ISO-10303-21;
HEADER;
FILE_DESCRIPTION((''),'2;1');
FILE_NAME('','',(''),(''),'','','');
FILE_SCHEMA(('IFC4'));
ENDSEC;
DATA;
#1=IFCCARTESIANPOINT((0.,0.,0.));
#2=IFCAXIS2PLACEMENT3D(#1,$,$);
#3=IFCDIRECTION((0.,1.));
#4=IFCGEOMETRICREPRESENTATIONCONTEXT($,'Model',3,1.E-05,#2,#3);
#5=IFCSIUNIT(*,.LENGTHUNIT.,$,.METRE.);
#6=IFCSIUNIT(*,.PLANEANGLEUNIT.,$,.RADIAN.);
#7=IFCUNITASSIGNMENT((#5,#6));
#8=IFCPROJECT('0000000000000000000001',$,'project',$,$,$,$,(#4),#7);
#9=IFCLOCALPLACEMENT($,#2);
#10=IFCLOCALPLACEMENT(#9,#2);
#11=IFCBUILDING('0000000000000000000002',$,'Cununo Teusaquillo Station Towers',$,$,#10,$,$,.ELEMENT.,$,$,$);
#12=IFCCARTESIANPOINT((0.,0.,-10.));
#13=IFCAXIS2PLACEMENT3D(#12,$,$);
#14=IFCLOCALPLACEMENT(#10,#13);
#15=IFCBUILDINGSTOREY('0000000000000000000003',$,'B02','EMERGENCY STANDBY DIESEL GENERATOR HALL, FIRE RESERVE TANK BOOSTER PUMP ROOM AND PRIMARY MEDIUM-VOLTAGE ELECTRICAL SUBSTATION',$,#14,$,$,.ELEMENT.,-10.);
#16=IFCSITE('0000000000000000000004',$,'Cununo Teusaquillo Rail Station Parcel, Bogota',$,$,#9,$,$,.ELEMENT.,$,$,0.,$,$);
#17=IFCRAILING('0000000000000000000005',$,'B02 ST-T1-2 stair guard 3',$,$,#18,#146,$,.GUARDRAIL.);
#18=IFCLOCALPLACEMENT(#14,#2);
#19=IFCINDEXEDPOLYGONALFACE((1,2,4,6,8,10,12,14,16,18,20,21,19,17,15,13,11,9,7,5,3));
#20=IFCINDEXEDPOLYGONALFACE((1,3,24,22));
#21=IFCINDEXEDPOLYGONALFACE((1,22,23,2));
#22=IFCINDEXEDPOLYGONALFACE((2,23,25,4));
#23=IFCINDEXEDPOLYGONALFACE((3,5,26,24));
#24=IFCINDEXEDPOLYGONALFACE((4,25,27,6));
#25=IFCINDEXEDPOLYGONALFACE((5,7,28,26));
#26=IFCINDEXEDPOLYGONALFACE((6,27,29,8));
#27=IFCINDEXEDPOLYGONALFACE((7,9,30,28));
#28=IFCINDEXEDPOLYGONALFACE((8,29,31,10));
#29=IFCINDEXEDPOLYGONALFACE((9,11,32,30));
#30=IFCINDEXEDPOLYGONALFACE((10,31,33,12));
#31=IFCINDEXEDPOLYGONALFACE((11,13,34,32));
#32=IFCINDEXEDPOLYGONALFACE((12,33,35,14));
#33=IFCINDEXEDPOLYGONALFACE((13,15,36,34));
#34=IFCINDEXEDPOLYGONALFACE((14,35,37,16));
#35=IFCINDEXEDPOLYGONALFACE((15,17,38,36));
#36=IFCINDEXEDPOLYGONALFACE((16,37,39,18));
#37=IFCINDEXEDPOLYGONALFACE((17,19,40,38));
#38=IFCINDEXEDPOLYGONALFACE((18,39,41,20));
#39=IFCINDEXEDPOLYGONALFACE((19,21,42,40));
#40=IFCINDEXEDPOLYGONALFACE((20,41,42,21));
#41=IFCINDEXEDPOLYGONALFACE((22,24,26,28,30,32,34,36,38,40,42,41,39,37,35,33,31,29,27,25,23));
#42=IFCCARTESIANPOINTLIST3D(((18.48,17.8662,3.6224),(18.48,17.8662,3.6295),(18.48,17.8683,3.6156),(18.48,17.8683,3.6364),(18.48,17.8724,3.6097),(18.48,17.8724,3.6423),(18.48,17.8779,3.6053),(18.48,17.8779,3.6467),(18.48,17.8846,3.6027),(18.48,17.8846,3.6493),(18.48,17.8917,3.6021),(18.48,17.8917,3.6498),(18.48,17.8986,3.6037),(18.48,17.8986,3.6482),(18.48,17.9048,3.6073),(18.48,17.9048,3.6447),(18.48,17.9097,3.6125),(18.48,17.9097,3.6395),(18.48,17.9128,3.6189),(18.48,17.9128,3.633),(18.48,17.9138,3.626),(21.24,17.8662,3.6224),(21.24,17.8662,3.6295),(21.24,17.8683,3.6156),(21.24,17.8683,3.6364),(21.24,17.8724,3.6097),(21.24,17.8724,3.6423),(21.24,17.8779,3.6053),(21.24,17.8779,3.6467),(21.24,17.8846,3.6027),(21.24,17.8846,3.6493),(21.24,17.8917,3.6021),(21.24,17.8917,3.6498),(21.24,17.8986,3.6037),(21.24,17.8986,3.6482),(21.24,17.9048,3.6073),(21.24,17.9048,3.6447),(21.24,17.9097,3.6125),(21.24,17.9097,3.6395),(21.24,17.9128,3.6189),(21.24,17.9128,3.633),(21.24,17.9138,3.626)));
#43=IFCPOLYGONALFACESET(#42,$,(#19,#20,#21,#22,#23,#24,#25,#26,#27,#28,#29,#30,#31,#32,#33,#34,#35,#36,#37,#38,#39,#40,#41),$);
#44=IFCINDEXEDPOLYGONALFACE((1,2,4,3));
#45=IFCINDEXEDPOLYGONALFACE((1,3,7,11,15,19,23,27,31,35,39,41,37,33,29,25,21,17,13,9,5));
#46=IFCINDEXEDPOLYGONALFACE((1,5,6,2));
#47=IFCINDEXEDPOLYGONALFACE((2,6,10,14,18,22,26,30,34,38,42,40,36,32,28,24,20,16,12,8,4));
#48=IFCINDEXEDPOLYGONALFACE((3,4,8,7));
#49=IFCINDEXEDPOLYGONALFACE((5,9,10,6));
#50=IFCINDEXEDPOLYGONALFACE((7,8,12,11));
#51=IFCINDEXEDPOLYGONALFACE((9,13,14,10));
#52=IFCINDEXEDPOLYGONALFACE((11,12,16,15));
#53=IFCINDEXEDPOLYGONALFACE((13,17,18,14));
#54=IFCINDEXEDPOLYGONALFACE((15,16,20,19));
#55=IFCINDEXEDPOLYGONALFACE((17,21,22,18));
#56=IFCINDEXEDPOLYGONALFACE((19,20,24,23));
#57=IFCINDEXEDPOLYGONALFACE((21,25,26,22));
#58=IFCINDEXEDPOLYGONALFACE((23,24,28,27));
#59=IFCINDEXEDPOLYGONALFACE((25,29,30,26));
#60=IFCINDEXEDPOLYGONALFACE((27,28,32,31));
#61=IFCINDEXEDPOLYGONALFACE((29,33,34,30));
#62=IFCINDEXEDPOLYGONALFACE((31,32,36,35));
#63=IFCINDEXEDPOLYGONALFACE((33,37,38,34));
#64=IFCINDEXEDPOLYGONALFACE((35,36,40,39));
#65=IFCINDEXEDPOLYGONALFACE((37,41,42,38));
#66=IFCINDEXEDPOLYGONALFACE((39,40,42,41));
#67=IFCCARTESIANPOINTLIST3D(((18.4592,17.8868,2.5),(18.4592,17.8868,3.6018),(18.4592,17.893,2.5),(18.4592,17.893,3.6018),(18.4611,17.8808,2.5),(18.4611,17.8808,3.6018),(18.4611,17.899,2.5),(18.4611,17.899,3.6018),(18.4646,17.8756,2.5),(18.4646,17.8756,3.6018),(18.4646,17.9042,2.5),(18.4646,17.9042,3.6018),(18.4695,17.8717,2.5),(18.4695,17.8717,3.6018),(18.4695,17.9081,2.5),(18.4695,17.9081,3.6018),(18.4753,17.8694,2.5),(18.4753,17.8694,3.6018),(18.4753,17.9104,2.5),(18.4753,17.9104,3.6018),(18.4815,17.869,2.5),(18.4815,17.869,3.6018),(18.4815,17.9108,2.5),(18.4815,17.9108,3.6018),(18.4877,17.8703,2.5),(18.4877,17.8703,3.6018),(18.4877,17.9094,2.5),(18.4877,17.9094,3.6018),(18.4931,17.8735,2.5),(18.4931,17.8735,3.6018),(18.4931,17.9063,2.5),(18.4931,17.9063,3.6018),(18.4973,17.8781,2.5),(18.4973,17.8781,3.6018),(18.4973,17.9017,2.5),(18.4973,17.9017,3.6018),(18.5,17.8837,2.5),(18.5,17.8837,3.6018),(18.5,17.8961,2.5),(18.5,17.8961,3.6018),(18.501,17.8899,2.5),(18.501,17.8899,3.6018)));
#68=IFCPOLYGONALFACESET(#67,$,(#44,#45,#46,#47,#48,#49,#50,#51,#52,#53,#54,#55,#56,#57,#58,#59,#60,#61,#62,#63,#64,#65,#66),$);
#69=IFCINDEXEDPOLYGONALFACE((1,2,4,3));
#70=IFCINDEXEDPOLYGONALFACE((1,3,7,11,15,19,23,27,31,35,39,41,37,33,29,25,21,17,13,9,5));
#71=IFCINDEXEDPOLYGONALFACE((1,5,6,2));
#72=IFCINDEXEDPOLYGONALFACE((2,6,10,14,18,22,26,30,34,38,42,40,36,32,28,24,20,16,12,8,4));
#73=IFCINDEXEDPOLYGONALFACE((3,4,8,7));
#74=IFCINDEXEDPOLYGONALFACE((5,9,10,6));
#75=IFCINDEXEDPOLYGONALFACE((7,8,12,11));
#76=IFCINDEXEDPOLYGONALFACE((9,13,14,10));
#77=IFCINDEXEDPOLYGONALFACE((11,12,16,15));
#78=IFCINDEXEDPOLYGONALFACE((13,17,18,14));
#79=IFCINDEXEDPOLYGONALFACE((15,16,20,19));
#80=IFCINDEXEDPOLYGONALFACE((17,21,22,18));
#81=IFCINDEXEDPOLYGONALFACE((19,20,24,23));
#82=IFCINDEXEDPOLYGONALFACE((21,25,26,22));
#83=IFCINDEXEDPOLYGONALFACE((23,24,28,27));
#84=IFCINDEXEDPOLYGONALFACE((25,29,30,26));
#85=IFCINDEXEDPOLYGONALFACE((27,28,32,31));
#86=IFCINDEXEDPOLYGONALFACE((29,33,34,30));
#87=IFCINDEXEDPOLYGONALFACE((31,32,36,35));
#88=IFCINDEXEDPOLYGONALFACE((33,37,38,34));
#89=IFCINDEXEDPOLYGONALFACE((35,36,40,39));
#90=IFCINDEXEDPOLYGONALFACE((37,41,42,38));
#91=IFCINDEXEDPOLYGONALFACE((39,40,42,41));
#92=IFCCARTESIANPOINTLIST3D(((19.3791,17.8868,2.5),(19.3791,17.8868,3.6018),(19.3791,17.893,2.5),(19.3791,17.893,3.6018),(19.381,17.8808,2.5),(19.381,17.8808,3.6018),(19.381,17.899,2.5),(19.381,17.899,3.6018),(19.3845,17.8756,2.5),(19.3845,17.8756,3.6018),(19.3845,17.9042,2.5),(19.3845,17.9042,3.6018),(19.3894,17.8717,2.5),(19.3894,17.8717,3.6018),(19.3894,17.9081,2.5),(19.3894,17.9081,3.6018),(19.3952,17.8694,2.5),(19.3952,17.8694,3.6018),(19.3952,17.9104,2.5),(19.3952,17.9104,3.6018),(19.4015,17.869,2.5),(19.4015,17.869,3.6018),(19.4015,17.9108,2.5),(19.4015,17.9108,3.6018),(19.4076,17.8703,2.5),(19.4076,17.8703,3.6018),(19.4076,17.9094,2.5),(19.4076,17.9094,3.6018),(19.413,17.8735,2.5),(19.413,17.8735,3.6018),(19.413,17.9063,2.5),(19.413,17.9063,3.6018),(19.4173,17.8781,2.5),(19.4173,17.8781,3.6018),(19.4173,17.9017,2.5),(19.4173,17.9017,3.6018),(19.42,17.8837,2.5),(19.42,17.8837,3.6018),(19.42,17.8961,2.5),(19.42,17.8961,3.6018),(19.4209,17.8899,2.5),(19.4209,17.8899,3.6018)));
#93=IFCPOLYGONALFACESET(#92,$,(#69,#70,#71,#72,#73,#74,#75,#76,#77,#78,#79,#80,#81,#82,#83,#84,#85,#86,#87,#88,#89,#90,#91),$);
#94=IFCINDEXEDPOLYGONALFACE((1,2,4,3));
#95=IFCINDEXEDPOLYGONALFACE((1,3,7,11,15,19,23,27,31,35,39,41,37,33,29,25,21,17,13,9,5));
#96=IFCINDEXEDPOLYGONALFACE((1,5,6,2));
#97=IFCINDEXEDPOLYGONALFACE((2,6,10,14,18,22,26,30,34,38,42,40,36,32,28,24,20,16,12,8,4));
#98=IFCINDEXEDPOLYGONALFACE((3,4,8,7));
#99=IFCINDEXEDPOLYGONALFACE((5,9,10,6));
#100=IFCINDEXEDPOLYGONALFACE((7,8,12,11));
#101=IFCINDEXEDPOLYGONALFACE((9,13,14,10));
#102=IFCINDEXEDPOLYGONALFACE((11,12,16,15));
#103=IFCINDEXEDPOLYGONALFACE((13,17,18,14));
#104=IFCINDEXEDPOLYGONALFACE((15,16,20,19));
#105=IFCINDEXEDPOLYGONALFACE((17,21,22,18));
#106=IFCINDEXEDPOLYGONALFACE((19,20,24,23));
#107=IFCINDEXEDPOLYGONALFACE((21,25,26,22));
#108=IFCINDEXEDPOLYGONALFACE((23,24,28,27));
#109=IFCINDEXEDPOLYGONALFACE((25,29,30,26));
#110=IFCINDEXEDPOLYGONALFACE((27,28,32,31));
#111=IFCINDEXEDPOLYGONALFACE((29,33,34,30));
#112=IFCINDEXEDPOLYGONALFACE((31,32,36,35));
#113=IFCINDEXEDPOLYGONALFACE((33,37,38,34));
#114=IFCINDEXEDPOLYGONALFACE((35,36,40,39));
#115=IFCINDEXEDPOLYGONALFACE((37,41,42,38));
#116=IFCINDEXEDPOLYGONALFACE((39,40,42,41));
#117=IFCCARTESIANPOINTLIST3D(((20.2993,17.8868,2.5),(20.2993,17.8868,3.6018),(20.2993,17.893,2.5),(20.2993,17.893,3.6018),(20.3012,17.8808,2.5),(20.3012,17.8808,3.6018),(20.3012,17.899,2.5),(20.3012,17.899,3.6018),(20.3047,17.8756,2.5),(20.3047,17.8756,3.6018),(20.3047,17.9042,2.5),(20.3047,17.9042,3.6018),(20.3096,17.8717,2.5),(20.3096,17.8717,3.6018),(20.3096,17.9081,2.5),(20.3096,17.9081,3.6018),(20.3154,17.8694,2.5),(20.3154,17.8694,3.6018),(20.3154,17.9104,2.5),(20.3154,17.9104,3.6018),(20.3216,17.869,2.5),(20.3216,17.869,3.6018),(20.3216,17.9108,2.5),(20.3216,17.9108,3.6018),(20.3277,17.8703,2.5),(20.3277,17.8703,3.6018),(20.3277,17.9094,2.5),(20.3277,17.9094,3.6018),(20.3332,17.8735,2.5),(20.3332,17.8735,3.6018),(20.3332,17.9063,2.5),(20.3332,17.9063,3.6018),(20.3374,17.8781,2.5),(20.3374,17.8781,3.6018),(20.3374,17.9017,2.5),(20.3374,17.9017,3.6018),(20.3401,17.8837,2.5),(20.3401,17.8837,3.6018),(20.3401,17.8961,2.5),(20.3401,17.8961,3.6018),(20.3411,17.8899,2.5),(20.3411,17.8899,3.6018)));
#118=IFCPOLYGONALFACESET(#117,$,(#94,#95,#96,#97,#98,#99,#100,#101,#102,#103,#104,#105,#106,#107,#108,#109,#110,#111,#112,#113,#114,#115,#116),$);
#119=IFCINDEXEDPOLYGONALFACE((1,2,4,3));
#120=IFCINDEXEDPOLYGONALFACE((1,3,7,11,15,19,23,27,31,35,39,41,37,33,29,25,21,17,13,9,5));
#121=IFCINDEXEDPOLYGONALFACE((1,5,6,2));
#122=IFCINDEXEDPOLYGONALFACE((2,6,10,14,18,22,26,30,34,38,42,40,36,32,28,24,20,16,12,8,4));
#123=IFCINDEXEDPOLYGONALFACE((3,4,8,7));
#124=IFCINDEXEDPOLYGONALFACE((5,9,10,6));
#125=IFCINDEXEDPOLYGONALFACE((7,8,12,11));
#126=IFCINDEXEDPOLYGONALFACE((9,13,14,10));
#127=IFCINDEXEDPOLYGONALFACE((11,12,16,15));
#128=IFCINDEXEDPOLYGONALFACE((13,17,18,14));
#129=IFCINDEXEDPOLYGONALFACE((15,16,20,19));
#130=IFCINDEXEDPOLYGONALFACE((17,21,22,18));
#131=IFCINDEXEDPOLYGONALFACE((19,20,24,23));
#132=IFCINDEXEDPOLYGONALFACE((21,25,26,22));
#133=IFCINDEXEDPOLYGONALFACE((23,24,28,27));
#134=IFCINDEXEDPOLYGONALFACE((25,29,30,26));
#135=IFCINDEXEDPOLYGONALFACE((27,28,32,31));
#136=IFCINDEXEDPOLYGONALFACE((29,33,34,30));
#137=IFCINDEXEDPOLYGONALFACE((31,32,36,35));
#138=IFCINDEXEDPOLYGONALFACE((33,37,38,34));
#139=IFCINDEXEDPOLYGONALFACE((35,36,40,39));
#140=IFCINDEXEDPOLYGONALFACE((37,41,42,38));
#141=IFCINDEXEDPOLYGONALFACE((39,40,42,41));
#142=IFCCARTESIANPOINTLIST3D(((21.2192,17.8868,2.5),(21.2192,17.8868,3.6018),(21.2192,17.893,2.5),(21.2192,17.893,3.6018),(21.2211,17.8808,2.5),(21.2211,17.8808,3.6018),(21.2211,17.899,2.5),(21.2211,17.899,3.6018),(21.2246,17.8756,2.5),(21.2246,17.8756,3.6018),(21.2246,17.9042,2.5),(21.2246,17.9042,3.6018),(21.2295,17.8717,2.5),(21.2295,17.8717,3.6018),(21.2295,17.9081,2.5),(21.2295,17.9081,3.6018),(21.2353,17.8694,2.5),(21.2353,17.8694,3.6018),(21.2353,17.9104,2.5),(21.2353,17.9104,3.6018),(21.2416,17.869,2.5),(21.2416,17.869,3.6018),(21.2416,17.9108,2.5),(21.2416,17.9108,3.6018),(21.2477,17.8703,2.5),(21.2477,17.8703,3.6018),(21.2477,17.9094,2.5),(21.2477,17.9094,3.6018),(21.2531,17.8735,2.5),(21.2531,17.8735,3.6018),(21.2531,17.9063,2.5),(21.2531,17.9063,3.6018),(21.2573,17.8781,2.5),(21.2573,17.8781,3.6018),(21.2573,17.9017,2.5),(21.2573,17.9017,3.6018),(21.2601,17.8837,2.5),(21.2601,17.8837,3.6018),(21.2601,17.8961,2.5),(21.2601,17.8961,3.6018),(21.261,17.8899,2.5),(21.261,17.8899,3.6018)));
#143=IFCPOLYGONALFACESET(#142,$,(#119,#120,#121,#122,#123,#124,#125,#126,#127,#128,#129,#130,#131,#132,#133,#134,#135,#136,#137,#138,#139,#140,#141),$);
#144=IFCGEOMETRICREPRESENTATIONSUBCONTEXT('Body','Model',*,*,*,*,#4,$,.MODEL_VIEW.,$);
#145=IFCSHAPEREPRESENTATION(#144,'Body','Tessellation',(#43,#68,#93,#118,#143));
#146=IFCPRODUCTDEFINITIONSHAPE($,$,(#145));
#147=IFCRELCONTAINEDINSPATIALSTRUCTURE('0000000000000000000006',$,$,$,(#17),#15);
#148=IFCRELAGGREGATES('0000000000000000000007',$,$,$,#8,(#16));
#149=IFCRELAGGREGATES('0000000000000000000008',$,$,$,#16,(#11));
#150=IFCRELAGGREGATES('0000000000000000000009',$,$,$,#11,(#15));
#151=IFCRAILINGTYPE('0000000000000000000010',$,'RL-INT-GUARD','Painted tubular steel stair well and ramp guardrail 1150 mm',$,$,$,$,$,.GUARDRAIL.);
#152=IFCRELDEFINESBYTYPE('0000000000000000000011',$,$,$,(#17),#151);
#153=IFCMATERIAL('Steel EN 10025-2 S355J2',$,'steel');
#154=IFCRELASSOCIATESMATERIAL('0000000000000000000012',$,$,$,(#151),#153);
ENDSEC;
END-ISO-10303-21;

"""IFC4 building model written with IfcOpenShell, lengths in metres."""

from ifc_helpers import new_model, si_unit, direction, frame, origin, origin_2d, place, context, subcontext, project, spatial, circle, extrude, material, type_object, element, save


model = new_model("IFC4")

# Units and contexts
model_context = context("Model", 3, precision=1e-05, world=origin(), true_north=direction((0.0, 1.0)))
body_context = subcontext(model_context, "Body", "Model", "MODEL_VIEW")
ifc_project = project(units=[si_unit("LENGTHUNIT", "METRE"), si_unit("PLANEANGLEUNIT", "RADIAN")], contexts=[model_context])

# Site, building, storey
site_placement = place(None, origin())
site = spatial("IfcSite", under=ifc_project, at=site_placement, Name="Cununo Teusaquillo Rail Station Parcel, Bogota", CompositionType="ELEMENT", RefElevation=0.0)
building_placement = place(site_placement, origin())
building = spatial("IfcBuilding", under=site, at=building_placement, Name="Cununo Teusaquillo Station Towers", CompositionType="ELEMENT")
storey_placement = place(building_placement, frame((0.0, 0.0, -10.0)))
storey = spatial("IfcBuildingStorey", under=building, at=storey_placement, Name="B02", Description="EMERGENCY STANDBY DIESEL GENERATOR HALL, FIRE RESERVE TANK BOOSTER PUMP ROOM AND PRIMARY MEDIUM-VOLTAGE ELECTRICAL SUBSTATION", CompositionType="ELEMENT", Elevation=-10.0)

# Railing
ifc_material_1 = material(Name="Steel EN 10025-2 S355J2", Category="steel")
railing_type_1 = type_object("IfcRailingType", Name="RL-INT-GUARD", Description="Painted tubular steel stair well and ramp guardrail 1150 mm", PredefinedType="GUARDRAIL", material=ifc_material_1)
railing_1_placement = place(storey_placement, frame((18.48, 17.8899, 2.5)))
element("IfcRailing", 1, at=railing_1_placement, inside=storey, type_object=railing_type_1, Name="B02 ST-T1-2 stair guard 3", PredefinedType="GUARDRAIL", context=body_context, shape_type="SweptSolid", body=[
    extrude(circle(Radius=0.0239, at=origin_2d()), frame((0.0, 0.0, 1.126), z_axis=(1.0, 0.0, 0.0), x_axis=(0.0, 1.0, 0.0)), (0.0, 0.0, 1.0), 2.76),
    extrude(circle(Radius=0.021, at=origin_2d()), origin(), (0.0, 0.0, 1.0), 1.1018),
    extrude(circle(Radius=0.021, at=origin_2d()), frame((0.9199, 0.0, 0.0)), (0.0, 0.0, 1.0), 1.1018),
    extrude(circle(Radius=0.021, at=origin_2d()), frame((1.8401, 0.0, 0.0)), (0.0, 0.0, 1.0), 1.1018),
    extrude(circle(Radius=0.021, at=origin_2d()), frame((2.76, 0.0, 0.0)), (0.0, 0.0, 1.0), 1.1018),
])

save(model, "model.ifc")
